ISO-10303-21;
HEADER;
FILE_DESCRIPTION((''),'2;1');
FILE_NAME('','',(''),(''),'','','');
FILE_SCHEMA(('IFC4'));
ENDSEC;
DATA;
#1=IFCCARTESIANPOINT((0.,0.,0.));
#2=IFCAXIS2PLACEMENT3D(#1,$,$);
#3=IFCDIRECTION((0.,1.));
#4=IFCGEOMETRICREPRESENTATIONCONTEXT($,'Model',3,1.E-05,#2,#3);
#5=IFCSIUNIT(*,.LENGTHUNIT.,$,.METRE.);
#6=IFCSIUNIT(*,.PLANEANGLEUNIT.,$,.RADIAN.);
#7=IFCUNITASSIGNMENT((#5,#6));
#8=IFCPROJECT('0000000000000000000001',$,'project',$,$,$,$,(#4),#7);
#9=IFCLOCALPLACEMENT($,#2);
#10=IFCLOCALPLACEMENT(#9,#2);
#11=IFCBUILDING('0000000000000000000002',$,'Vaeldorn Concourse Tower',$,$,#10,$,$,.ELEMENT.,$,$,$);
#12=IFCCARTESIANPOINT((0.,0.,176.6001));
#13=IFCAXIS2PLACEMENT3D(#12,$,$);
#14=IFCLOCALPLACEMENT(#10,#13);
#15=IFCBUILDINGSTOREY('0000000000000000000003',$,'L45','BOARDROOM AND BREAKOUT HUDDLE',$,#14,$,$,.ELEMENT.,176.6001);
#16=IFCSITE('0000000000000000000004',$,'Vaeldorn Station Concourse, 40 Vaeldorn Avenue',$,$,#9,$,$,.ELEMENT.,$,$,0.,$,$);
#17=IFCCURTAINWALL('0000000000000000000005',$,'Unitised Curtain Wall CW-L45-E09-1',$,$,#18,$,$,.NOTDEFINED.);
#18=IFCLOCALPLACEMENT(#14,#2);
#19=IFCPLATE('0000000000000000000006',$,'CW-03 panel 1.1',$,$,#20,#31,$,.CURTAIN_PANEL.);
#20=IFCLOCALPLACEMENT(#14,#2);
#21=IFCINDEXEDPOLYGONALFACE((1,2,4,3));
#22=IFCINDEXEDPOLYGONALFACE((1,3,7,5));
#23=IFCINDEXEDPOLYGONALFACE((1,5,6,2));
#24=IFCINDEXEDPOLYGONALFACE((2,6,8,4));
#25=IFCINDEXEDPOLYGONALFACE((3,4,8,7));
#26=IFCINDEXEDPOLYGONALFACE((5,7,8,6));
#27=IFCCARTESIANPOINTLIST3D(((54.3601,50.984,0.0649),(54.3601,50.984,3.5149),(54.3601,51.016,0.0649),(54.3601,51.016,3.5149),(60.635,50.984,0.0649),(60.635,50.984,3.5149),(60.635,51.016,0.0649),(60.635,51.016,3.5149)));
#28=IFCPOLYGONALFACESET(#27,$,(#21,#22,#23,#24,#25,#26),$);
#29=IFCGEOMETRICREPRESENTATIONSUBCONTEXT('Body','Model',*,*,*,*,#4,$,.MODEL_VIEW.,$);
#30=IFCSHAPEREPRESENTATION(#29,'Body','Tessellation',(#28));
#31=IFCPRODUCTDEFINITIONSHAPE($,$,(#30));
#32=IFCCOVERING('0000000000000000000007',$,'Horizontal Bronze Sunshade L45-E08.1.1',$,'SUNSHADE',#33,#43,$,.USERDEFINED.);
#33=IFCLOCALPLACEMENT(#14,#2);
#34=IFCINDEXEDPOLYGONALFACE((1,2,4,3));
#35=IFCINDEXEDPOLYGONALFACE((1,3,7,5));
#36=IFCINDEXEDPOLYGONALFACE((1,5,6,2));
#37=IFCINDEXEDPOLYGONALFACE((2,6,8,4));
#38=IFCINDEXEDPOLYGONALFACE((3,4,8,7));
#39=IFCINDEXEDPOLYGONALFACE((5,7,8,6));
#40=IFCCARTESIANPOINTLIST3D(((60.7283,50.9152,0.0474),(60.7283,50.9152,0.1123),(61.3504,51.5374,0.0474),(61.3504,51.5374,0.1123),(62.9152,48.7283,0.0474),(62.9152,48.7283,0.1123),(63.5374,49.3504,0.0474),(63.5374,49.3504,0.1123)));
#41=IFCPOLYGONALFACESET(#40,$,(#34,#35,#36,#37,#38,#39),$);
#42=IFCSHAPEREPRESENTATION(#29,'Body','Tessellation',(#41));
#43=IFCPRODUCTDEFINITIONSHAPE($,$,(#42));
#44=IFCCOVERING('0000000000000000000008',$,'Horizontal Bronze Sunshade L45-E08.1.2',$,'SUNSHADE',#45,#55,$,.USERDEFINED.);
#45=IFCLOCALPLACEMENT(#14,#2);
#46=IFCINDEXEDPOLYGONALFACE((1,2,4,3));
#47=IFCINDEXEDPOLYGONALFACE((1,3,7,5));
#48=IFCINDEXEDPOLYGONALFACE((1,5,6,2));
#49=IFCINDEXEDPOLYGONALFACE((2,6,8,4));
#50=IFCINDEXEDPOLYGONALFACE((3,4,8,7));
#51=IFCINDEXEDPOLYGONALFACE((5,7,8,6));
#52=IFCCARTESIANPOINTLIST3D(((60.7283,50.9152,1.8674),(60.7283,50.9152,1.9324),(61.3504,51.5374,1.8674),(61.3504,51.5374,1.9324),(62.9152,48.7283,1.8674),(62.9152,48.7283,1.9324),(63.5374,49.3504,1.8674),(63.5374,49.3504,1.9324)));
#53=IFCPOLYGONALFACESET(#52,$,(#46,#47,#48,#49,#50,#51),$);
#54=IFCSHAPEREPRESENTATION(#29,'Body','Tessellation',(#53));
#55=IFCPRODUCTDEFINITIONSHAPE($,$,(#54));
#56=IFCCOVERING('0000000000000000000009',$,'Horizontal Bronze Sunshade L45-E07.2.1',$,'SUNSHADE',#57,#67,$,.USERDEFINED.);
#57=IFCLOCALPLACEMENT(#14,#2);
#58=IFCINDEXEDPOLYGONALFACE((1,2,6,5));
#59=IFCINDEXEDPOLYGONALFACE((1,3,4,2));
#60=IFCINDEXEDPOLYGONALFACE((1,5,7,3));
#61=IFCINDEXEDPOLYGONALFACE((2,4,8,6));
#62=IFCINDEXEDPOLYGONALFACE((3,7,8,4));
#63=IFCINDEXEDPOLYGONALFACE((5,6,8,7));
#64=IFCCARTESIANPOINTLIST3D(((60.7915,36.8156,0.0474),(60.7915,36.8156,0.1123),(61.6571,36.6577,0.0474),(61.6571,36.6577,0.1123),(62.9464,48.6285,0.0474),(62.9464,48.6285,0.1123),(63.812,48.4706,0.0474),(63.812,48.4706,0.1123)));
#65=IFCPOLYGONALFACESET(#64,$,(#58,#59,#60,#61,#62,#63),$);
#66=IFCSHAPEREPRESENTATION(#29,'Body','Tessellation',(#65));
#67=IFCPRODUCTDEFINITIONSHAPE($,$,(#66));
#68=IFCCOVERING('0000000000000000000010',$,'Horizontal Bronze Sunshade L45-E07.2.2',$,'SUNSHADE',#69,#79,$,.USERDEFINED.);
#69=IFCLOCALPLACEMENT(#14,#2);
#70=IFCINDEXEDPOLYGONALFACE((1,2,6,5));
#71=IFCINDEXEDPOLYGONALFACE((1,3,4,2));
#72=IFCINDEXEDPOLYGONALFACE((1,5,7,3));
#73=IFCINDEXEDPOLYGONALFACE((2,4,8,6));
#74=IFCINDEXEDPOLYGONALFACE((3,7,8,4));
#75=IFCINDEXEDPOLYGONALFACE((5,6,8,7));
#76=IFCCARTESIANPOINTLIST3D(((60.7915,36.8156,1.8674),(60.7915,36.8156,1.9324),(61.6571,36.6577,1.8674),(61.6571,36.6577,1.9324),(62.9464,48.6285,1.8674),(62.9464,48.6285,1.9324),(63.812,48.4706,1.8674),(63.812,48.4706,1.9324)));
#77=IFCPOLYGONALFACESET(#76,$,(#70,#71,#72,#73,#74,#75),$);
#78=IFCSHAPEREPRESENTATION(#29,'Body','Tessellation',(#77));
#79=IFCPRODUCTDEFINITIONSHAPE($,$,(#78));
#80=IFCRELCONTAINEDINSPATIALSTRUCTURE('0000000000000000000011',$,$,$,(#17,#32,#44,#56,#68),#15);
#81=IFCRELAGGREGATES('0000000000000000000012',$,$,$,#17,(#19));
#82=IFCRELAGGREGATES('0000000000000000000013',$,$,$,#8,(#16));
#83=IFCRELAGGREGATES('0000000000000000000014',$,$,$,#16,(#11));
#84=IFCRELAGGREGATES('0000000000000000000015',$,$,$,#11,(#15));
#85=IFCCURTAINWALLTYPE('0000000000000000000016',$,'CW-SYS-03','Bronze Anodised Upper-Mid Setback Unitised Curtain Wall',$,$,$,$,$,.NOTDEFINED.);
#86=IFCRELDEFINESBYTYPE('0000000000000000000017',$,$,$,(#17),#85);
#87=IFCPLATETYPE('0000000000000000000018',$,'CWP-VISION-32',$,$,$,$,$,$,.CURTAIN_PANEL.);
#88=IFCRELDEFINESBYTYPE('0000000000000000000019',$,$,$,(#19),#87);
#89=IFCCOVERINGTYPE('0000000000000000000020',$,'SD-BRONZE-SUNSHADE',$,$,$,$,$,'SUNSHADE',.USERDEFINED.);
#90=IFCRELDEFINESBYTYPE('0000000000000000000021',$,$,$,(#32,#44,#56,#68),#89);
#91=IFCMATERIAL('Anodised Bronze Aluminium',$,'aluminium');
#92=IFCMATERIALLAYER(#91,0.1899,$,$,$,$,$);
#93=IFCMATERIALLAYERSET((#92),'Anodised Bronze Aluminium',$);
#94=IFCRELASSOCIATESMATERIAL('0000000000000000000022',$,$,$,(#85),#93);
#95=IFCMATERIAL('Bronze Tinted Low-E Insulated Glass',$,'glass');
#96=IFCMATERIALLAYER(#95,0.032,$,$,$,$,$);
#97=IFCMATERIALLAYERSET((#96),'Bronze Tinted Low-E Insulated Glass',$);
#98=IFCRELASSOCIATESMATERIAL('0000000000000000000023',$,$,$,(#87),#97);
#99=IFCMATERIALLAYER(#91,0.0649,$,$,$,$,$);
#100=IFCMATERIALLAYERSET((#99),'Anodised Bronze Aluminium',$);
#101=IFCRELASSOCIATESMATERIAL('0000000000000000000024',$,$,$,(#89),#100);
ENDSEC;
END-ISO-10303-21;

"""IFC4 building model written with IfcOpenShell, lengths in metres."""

from ifc_helpers import new_model, si_unit, direction, frame, origin, origin_2d, place, context, subcontext, project, spatial, rectangle, extrude, source, transform, mapped, material, layer, layer_set, type_object, element, aggregate, save


model = new_model("IFC4")

# Units and contexts
model_context = context("Model", 3, precision=1e-05, world=origin(), true_north=direction((0.0, 1.0)))
body_context = subcontext(model_context, "Body", "Model", "MODEL_VIEW")
ifc_project = project(units=[si_unit("LENGTHUNIT", "METRE"), si_unit("PLANEANGLEUNIT", "RADIAN")], contexts=[model_context])

# Site, building, storey
site_placement = place(None, origin())
site = spatial("IfcSite", under=ifc_project, at=site_placement, Name="Vaeldorn Station Concourse, 40 Vaeldorn Avenue", CompositionType="ELEMENT", RefElevation=0.0)
building_placement = place(site_placement, origin())
building = spatial("IfcBuilding", under=site, at=building_placement, Name="Vaeldorn Concourse Tower", CompositionType="ELEMENT")
storey_placement = place(building_placement, frame((0.0, 0.0, 176.6001)))
storey = spatial("IfcBuildingStorey", under=building, at=storey_placement, Name="L45", Description="BOARDROOM AND BREAKOUT HUDDLE", CompositionType="ELEMENT", Elevation=176.6001)

# Shared definitions
ifc_material_1 = material(Name="Anodised Bronze Aluminium", Category="aluminium")
ifc_layer_1 = layer(ifc_material_1, 0.1899)
ifc_layer_set_1 = layer_set([ifc_layer_1], Name="Anodised Bronze Aluminium")
curtain_wall_type = type_object("IfcCurtainWallType", Name="CW-SYS-03", Description="Bronze Anodised Upper-Mid Setback Unitised Curtain Wall", PredefinedType="NOTDEFINED", material=ifc_layer_set_1)

# Curtain wall
curtain_wall_1_placement = place(storey_placement, origin())
curtain_wall_1 = element("IfcCurtainWall", 1, at=curtain_wall_1_placement, inside=storey, type_object=curtain_wall_type, Name="Unitised Curtain Wall CW-L45-E09-1", PredefinedType="NOTDEFINED")

# Plate
ifc_material_2 = material(Name="Bronze Tinted Low-E Insulated Glass", Category="glass")
ifc_layer_2 = layer(ifc_material_2, 0.032)
ifc_layer_set_2 = layer_set([ifc_layer_2], Name="Bronze Tinted Low-E Insulated Glass")
plate_type = type_object("IfcPlateType", Name="CWP-VISION-32", PredefinedType="CURTAIN_PANEL", material=ifc_layer_set_2)
shared_shape_1 = source(origin(), body_context, "Body", "SweptSolid", [
    extrude(rectangle(XDim=6.2749, YDim=0.032, at=origin_2d()), origin(), (0.0, 0.0, 1.0), 3.45),
])
plate_1_placement = place(storey_placement, frame((57.4976, 51.0, 0.0649), z_axis=(0.0, 0.0, 1.0), x_axis=(-1.0, 0.0, 0.0)))
plate_1 = element("IfcPlate", 2, at=plate_1_placement, type_object=plate_type, Name="CW-03 panel 1.1", PredefinedType="CURTAIN_PANEL", context=body_context, shape_type="MappedRepresentation", body=[
    mapped(shared_shape_1, transform((0.0, 0.0, 0.0), scale=1.0)),
])
aggregate(curtain_wall_1, [plate_1])

# Coverings
ifc_layer_3 = layer(ifc_material_1, 0.0649)
ifc_layer_set_3 = layer_set([ifc_layer_3], Name="Anodised Bronze Aluminium")
covering_type = type_object("IfcCoveringType", Name="SD-BRONZE-SUNSHADE", ElementType="SUNSHADE", PredefinedType="USERDEFINED", material=ifc_layer_set_3)
shared_shape_2 = source(origin(), body_context, "Body", "SweptSolid", [
    extrude(rectangle(XDim=3.0928, YDim=0.8799, at=origin_2d()), origin(), (0.0, 0.0, 1.0), 0.0649),
])
for number, where, z_axis, x_axis, name in (
    (3, (62.1328, 50.1328, 0.0474), (0.0, 0.0, 1.0), (-0.707107, 0.707107, 0.0), "Horizontal Bronze Sunshade L45-E08.1.1"),
    (4, (62.1328, 50.1328, 1.8674), (0.0, 0.0, 1.0), (-0.707107, 0.707107, 0.0), "Horizontal Bronze Sunshade L45-E08.1.2"),
):
    element("IfcCovering", number, at=place(storey_placement, frame(where, z_axis=z_axis, x_axis=x_axis)), inside=storey, type_object=covering_type, Name=name, ObjectType="SUNSHADE", PredefinedType="USERDEFINED", context=body_context, shape_type="MappedRepresentation", body=[
        mapped(shared_shape_2, transform((0.0, 0.0, 0.0), scale=1.0)),
    ])
shared_shape_3 = source(origin(), body_context, "Body", "SweptSolid", [
    extrude(rectangle(XDim=12.0078, YDim=0.8799, at=origin_2d()), origin(), (0.0, 0.0, 1.0), 0.0649),
])
for number, where, z_axis, x_axis, name in (
    (5, (62.3018, 42.6431, 0.0474), (0.0, 0.0, 1.0), (0.179455, 0.983766, 0.0), "Horizontal Bronze Sunshade L45-E07.2.1"),
    (6, (62.3018, 42.6431, 1.8674), (0.0, 0.0, 1.0), (0.179455, 0.983766, 0.0), "Horizontal Bronze Sunshade L45-E07.2.2"),
):
    element("IfcCovering", number, at=place(storey_placement, frame(where, z_axis=z_axis, x_axis=x_axis)), inside=storey, type_object=covering_type, Name=name, ObjectType="SUNSHADE", PredefinedType="USERDEFINED", context=body_context, shape_type="MappedRepresentation", body=[
        mapped(shared_shape_3, transform((0.0, 0.0, 0.0), scale=1.0)),
    ])

save(model, "model.ifc")
